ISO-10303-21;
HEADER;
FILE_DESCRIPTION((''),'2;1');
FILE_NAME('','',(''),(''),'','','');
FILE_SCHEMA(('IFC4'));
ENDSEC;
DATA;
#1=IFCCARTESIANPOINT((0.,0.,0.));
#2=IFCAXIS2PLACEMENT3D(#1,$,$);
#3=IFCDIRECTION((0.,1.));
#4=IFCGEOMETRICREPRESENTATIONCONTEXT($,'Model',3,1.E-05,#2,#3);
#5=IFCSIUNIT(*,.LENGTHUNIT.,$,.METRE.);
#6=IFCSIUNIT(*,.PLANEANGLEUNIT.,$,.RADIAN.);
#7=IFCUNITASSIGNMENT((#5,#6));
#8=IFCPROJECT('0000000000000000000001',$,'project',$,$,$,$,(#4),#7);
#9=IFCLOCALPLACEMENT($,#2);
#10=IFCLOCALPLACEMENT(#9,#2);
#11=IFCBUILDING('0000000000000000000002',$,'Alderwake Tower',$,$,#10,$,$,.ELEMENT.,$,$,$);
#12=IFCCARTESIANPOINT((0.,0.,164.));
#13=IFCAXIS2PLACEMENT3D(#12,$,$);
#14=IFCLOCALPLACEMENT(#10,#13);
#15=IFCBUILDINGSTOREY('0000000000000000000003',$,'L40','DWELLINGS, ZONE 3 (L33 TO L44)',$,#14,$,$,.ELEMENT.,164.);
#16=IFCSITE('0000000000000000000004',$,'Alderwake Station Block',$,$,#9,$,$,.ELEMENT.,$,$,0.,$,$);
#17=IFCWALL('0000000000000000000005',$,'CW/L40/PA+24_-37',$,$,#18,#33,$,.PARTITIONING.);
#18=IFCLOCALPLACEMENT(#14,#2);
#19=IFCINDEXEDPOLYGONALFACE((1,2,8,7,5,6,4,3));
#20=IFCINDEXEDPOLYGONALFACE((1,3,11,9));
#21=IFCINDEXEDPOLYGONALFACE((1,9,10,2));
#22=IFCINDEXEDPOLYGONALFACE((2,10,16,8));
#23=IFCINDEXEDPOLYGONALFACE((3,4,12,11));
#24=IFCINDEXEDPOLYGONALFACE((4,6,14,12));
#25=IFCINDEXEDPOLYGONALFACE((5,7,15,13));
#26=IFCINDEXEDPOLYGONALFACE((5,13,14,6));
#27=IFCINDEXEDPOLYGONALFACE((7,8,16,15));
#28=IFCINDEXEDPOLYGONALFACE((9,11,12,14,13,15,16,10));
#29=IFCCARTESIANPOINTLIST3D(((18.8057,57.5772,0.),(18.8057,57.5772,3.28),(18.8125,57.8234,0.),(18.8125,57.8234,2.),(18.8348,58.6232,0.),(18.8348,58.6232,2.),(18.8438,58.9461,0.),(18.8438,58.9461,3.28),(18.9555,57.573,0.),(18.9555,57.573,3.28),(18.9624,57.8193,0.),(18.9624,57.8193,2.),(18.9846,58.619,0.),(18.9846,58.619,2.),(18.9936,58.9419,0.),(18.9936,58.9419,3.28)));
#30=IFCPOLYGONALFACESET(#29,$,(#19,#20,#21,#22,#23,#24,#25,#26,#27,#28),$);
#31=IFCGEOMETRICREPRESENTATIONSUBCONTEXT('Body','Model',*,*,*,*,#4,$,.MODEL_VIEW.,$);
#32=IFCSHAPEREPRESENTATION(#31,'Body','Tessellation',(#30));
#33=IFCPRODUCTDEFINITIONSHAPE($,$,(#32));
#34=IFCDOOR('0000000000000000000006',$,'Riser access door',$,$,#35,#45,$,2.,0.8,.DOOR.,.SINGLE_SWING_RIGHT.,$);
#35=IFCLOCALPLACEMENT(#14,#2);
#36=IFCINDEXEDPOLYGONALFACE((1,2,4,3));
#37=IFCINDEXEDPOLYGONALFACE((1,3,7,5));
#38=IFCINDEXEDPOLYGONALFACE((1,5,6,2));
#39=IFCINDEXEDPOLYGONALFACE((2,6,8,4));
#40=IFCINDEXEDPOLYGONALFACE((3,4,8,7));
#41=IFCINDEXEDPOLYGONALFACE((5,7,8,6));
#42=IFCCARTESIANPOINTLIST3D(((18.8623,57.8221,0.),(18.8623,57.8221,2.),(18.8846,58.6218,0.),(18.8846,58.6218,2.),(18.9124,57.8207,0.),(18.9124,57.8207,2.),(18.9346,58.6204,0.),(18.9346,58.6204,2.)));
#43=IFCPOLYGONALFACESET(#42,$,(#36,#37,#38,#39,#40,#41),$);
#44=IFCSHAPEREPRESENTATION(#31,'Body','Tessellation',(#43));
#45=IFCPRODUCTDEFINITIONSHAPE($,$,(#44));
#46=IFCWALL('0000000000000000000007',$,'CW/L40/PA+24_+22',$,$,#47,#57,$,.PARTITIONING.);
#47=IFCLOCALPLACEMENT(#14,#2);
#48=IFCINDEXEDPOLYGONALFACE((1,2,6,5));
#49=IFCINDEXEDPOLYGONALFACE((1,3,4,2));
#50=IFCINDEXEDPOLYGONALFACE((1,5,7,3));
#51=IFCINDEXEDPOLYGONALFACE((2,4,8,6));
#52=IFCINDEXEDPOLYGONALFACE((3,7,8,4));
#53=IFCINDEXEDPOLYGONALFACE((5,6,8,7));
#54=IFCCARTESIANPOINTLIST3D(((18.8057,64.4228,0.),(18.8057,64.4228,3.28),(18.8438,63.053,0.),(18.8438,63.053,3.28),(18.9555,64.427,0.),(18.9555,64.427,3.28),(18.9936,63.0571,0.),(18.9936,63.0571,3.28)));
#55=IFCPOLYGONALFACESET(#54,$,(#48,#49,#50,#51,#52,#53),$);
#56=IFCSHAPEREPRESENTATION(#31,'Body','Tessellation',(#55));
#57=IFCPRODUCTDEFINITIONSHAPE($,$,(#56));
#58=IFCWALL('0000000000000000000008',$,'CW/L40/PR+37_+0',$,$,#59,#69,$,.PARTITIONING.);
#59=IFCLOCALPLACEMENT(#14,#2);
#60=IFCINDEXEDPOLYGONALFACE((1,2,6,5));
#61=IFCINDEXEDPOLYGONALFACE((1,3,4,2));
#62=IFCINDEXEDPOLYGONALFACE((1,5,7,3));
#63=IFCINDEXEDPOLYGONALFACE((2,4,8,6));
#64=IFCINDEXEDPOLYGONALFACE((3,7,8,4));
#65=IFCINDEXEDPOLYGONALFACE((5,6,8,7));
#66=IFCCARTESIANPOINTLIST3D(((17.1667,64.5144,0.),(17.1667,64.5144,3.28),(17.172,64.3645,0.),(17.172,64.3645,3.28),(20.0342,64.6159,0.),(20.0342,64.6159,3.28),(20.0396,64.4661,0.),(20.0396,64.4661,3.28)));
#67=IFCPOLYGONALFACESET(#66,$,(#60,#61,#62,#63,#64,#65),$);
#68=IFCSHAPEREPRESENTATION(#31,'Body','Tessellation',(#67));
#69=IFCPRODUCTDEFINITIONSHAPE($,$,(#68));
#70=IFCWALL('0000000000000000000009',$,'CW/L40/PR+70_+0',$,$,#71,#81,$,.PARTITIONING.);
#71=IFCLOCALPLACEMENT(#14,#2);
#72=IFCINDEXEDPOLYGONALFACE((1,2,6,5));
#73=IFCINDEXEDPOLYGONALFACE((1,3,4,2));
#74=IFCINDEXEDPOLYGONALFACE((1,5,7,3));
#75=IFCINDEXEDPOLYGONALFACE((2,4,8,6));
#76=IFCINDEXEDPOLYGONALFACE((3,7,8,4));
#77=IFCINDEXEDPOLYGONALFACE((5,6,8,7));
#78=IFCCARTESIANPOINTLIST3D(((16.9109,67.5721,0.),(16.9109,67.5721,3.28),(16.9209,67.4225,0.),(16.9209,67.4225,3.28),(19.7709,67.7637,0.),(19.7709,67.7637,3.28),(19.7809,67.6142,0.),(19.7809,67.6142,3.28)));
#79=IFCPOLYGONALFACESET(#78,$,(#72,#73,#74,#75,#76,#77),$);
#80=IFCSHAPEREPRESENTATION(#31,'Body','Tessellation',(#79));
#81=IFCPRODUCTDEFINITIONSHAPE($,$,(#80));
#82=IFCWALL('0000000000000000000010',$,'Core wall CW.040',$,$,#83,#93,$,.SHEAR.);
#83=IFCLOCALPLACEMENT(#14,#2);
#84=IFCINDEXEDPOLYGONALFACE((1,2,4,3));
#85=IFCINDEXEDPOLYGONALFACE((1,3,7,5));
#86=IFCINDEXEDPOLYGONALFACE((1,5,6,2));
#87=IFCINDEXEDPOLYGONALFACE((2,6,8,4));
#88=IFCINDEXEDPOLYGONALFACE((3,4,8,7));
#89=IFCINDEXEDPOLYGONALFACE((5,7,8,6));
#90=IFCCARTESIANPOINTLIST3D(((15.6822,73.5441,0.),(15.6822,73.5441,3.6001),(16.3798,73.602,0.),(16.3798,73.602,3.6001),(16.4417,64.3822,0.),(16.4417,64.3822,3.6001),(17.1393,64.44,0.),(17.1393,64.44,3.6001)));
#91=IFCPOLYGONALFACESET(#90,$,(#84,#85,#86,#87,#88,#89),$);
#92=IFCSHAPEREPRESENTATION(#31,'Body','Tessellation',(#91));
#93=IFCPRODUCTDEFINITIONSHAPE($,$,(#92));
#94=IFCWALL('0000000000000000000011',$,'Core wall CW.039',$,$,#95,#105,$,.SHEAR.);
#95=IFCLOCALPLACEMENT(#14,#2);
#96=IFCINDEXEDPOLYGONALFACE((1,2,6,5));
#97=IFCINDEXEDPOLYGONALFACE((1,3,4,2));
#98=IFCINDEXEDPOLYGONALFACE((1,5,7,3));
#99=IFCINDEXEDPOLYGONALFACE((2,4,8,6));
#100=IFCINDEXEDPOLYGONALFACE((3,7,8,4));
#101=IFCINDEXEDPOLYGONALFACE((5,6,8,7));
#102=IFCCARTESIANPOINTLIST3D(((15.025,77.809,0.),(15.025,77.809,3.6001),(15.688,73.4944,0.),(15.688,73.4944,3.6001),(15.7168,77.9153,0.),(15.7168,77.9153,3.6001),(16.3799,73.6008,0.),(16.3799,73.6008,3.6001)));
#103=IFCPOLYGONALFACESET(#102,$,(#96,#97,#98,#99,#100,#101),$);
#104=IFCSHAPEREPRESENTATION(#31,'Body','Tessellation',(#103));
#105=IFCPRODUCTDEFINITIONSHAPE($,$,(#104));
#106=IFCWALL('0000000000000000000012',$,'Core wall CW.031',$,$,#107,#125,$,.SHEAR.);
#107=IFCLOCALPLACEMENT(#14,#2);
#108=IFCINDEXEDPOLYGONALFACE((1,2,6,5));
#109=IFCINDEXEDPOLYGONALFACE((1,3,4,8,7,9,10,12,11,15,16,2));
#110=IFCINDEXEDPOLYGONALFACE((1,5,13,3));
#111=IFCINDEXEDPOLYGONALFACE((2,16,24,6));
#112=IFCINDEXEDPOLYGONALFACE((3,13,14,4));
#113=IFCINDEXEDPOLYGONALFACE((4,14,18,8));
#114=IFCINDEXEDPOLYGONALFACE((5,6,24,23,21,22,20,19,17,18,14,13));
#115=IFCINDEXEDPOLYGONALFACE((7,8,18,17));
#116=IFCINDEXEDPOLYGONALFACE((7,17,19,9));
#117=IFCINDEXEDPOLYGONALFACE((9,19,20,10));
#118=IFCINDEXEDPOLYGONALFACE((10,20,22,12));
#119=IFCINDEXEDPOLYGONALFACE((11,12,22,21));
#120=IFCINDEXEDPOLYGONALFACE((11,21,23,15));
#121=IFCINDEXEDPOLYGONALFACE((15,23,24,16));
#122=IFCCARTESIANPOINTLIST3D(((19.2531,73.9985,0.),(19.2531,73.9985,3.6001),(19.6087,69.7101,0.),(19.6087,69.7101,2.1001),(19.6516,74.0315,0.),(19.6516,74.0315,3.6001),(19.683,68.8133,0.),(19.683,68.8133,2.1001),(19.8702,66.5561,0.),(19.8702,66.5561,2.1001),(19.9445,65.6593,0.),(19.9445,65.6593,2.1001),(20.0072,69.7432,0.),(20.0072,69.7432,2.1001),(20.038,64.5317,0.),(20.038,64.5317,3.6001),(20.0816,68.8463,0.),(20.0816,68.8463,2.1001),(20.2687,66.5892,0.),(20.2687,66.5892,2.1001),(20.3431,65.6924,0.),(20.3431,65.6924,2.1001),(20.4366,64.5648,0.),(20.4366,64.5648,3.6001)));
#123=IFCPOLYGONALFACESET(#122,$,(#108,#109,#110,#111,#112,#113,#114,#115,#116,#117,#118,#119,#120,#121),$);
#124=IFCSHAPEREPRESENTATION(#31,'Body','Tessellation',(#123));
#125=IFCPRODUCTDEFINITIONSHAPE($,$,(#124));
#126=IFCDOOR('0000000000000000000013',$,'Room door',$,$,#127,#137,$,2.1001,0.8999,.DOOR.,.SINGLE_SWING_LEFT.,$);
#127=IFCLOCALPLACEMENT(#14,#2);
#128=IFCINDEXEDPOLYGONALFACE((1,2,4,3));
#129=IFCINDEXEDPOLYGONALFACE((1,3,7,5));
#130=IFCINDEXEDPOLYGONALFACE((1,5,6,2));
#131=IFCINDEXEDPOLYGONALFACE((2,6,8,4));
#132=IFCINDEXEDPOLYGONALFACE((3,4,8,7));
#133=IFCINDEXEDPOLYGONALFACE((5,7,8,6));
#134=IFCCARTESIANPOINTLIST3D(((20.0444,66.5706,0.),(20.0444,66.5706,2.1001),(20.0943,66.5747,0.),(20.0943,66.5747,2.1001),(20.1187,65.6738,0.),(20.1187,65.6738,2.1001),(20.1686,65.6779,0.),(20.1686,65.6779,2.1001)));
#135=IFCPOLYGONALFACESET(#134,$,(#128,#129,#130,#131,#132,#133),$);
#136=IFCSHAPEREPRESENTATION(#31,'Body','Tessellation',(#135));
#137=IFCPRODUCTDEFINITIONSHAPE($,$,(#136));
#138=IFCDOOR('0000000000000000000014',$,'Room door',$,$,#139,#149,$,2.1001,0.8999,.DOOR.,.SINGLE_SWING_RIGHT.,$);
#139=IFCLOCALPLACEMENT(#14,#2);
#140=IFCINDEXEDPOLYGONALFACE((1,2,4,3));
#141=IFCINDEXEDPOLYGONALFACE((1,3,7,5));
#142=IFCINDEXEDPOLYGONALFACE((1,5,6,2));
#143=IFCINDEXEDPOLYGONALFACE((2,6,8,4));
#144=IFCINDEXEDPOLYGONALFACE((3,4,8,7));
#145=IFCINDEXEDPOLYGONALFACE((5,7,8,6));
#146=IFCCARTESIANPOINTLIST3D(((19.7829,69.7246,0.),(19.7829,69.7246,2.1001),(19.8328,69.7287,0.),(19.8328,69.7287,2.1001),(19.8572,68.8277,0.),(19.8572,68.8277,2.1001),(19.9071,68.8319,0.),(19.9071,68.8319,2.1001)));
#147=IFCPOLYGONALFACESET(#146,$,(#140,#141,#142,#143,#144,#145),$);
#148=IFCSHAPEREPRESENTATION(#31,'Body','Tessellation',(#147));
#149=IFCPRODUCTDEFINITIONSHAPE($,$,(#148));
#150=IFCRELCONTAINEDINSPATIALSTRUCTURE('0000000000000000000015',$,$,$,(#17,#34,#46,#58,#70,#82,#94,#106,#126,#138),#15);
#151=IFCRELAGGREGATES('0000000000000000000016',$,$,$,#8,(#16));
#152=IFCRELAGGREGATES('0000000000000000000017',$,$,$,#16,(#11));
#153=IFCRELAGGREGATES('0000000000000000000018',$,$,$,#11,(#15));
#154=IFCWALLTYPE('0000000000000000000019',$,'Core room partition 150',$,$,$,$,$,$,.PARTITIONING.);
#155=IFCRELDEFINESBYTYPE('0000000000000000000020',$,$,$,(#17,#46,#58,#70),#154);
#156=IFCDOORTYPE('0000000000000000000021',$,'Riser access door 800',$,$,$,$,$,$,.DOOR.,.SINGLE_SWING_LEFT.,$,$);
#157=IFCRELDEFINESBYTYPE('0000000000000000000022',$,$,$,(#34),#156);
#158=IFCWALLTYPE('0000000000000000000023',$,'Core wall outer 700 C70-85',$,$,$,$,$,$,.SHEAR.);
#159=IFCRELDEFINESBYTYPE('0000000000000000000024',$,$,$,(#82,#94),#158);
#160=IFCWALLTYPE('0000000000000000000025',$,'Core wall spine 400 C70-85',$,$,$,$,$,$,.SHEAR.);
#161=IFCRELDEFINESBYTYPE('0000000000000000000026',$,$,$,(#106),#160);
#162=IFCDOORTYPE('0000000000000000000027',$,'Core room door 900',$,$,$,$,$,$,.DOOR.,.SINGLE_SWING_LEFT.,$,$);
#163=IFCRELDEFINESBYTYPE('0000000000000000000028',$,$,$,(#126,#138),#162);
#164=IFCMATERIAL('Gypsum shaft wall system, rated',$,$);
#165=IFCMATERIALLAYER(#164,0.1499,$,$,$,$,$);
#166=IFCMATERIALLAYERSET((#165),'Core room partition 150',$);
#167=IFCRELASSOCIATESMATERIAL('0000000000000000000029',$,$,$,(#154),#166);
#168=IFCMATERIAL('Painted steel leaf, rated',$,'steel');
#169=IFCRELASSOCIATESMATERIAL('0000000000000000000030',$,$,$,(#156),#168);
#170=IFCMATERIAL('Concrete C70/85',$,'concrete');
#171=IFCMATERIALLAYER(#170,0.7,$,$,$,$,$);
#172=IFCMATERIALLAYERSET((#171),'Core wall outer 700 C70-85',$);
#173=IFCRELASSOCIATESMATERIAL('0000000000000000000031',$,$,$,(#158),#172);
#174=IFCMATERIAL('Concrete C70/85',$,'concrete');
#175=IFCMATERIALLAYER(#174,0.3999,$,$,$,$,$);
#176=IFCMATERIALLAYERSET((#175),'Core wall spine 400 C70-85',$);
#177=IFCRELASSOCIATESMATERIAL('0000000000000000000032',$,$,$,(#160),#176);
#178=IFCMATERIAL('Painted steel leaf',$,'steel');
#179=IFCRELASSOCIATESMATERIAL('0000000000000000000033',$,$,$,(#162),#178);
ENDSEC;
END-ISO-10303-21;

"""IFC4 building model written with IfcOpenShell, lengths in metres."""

from ifc_helpers import new_model, si_unit, direction, frame, frame_2d, origin, place, context, subcontext, project, spatial, rectangle, extrude, material, layer, layer_set, type_object, element, fill, save


model = new_model("IFC4")

# Units and contexts
model_context = context("Model", 3, precision=1e-05, world=origin(), true_north=direction((0.0, 1.0)))
body_context = subcontext(model_context, "Body", "Model", "MODEL_VIEW")
ifc_project = project(units=[si_unit("LENGTHUNIT", "METRE"), si_unit("PLANEANGLEUNIT", "RADIAN")], contexts=[model_context])

# Site, building, storey
site_placement = place(None, origin())
site = spatial("IfcSite", under=ifc_project, at=site_placement, Name="Alderwake Station Block", CompositionType="ELEMENT", RefElevation=0.0)
building_placement = place(site_placement, origin())
building = spatial("IfcBuilding", under=site, at=building_placement, Name="Alderwake Tower", CompositionType="ELEMENT")
storey_placement = place(building_placement, frame((0.0, 0.0, 164.0)))
storey = spatial("IfcBuildingStorey", under=building, at=storey_placement, Name="L40", Description="DWELLINGS, ZONE 3 (L33 TO L44)", CompositionType="ELEMENT", Elevation=164.0)

# Wall, opening, door
ifc_material_1 = material(Name="Gypsum shaft wall system, rated")
ifc_layer_1 = layer(ifc_material_1, 0.1499)
ifc_layer_set_1 = layer_set([ifc_layer_1], Name="Core room partition 150")
wall_type_1 = type_object("IfcWallType", Name="Core room partition 150", PredefinedType="PARTITIONING", material=ifc_layer_set_1)
wall_1_placement = place(storey_placement, frame((18.9187, 58.9438, 0.0), z_axis=(0.0, 0.0, 1.0), x_axis=(-0.027812, -0.999613, 0.0)))
wall_1 = element("IfcWall", 1, at=wall_1_placement, inside=storey, type_object=wall_type_1, Name="CW/L40/PA+24_-37", PredefinedType="PARTITIONING", context=body_context, shape_type="SweptSolid", body=[
    extrude(rectangle(XDim=1.3694, YDim=0.1499, at=frame_2d((0.6846, 0.0))), origin(), (0.0, 0.0, 1.0), 3.28),
])
opening_1_placement = place(wall_1_placement, frame((0.323, 0.0, 0.0)))
opening_1 = element("IfcOpeningElement", 2, at=opening_1_placement, cuts=wall_1, PredefinedType="OPENING", context=body_context, shape_type="SweptSolid", body=[
    extrude(rectangle(XDim=0.8, YDim=2.0, at=frame_2d((0.3999, 1.0))), frame((0.0, 0.085, 0.0), z_axis=(0.0, -1.0, 0.0), x_axis=(1.0, 0.0, 0.0)), (0.0, 0.0, 1.0), 0.1699),
])
ifc_material_2 = material(Name="Painted steel leaf, rated", Category="steel")
door_type_1 = type_object("IfcDoorType", Name="Riser access door 800", OperationType="SINGLE_SWING_LEFT", PredefinedType="DOOR", material=ifc_material_2)
door_1_placement = place(opening_1_placement, origin())
door_1 = element("IfcDoor", 3, at=door_1_placement, inside=storey, type_object=door_type_1, Name="Riser access door", OperationType="SINGLE_SWING_RIGHT", OverallHeight=2.0, OverallWidth=0.8, PredefinedType="DOOR", context=body_context, shape_type="SweptSolid", body=[
    extrude(rectangle(XDim=0.8, YDim=2.0, at=frame_2d((0.3999, 1.0))), frame((0.0, 0.0249, 0.0), z_axis=(0.0, -1.0, 0.0), x_axis=(1.0, 0.0, 0.0)), (0.0, 0.0, 1.0), 0.05),
])
fill(opening_1, door_1)

# Walls
wall_2_placement = place(storey_placement, frame((18.9187, 63.0552, 0.0), z_axis=(0.0, 0.0, 1.0), x_axis=(-0.027792, 0.999614, 0.0)))
element("IfcWall", 4, at=wall_2_placement, inside=storey, type_object=wall_type_1, Name="CW/L40/PA+24_+22", PredefinedType="PARTITIONING", context=body_context, shape_type="SweptSolid", body=[
    extrude(rectangle(XDim=1.3704, YDim=0.1499, at=frame_2d((0.6851, 0.0))), origin(), (0.0, 0.0, 1.0), 3.28),
])
wall_3_placement = place(storey_placement, frame((17.1694, 64.4395, 0.0), z_axis=(0.0, 0.0, 1.0), x_axis=(0.999373, 0.035394, 0.0)))
element("IfcWall", 5, at=wall_3_placement, inside=storey, type_object=wall_type_1, Name="CW/L40/PR+37_+0", PredefinedType="PARTITIONING", context=body_context, shape_type="SweptSolid", body=[
    extrude(rectangle(XDim=2.8694, YDim=0.1499, at=frame_2d((1.4346, 0.0))), origin(), (0.0, 0.0, 1.0), 3.28),
])
wall_4_placement = place(storey_placement, frame((16.916, 67.4973, 0.0), z_axis=(0.0, 0.0, 1.0), x_axis=(0.997762, 0.066858, 0.0)))
element("IfcWall", 6, at=wall_4_placement, inside=storey, type_object=wall_type_1, Name="CW/L40/PR+70_+0", PredefinedType="PARTITIONING", context=body_context, shape_type="SweptSolid", body=[
    extrude(rectangle(XDim=2.8665, YDim=0.1499, at=frame_2d((1.4331, 0.0))), origin(), (0.0, 0.0, 1.0), 3.28),
])
ifc_material_3 = material(Name="Concrete C70/85", Category="concrete")
ifc_layer_2 = layer(ifc_material_3, 0.7)
ifc_layer_set_2 = layer_set([ifc_layer_2], Name="Core wall outer 700 C70-85")
wall_type_2 = type_object("IfcWallType", Name="Core wall outer 700 C70-85", PredefinedType="SHEAR", material=ifc_layer_set_2)
wall_5_placement = place(storey_placement, frame((16.7905, 64.4111, 0.0), z_axis=(0.0, 0.0, 1.0), x_axis=(-0.082617, 0.996581, 0.0)))
element("IfcWall", 7, at=wall_5_placement, inside=storey, type_object=wall_type_2, Name="Core wall CW.040", PredefinedType="SHEAR", context=body_context, shape_type="SweptSolid", body=[
    extrude(rectangle(XDim=9.1934, YDim=0.7, at=frame_2d((4.5967, 0.0))), origin(), (0.0, 0.0, 1.0), 3.6001),
])
wall_6_placement = place(storey_placement, frame((16.0339, 73.5476, 0.0), z_axis=(0.0, 0.0, 1.0), x_axis=(-0.151897, 0.988396, 0.0)))
element("IfcWall", 8, at=wall_6_placement, inside=storey, type_object=wall_type_2, Name="Core wall CW.039", PredefinedType="SHEAR", context=body_context, shape_type="SweptSolid", body=[
    extrude(rectangle(XDim=4.3652, YDim=0.7, at=frame_2d((2.1826, 0.0))), origin(), (0.0, 0.0, 1.0), 3.6001),
])

# Wall, openings, doors
ifc_material_4 = material(Name="Concrete C70/85", Category="concrete")
ifc_layer_3 = layer(ifc_material_4, 0.3999)
ifc_layer_set_3 = layer_set([ifc_layer_3], Name="Core wall spine 400 C70-85")
wall_type_3 = type_object("IfcWallType", Name="Core wall spine 400 C70-85", PredefinedType="SHEAR", material=ifc_layer_set_3)
wall_7_placement = place(storey_placement, frame((19.4524, 74.0149, 0.0), z_axis=(0.0, 0.0, 1.0), x_axis=(0.082629, -0.99658, 0.0)))
wall_7 = element("IfcWall", 9, at=wall_7_placement, inside=storey, type_object=wall_type_3, Name="Core wall CW.031", PredefinedType="SHEAR", context=body_context, shape_type="SweptSolid", body=[
    extrude(rectangle(XDim=9.4993, YDim=0.3999, at=frame_2d((4.7495, 0.0))), origin(), (0.0, 0.0, 1.0), 3.6001),
])
opening_2_placement = place(wall_7_placement, frame((7.4678, 0.0, 0.0)))
opening_2 = element("IfcOpeningElement", 10, at=opening_2_placement, cuts=wall_7, PredefinedType="OPENING", context=body_context, shape_type="SweptSolid", body=[
    extrude(rectangle(XDim=0.8999, YDim=2.1001, at=frame_2d((0.45, 1.05))), frame((0.0, 0.21, 0.0), z_axis=(0.0, -1.0, 0.0), x_axis=(1.0, 0.0, 0.0)), (0.0, 0.0, 1.0), 0.4199),
])
opening_3_placement = place(wall_7_placement, frame((4.303, 0.0, 0.0)))
opening_3 = element("IfcOpeningElement", 11, at=opening_3_placement, cuts=wall_7, PredefinedType="OPENING", context=body_context, shape_type="SweptSolid", body=[
    extrude(rectangle(XDim=0.8999, YDim=2.1001, at=frame_2d((0.45, 1.05))), frame((0.0, 0.21, 0.0), z_axis=(0.0, -1.0, 0.0), x_axis=(1.0, 0.0, 0.0)), (0.0, 0.0, 1.0), 0.4199),
])
ifc_material_5 = material(Name="Painted steel leaf", Category="steel")
door_type_2 = type_object("IfcDoorType", Name="Core room door 900", OperationType="SINGLE_SWING_LEFT", PredefinedType="DOOR", material=ifc_material_5)
door_2_placement = place(opening_2_placement, origin())
door_2 = element("IfcDoor", 12, at=door_2_placement, inside=storey, type_object=door_type_2, Name="Room door", OperationType="SINGLE_SWING_LEFT", OverallHeight=2.1001, OverallWidth=0.8999, PredefinedType="DOOR", context=body_context, shape_type="SweptSolid", body=[
    extrude(rectangle(XDim=0.8999, YDim=2.1001, at=frame_2d((0.45, 1.05))), frame((0.0, 0.0249, 0.0), z_axis=(0.0, -1.0, 0.0), x_axis=(1.0, 0.0, 0.0)), (0.0, 0.0, 1.0), 0.05),
])
fill(opening_2, door_2)
door_3_placement = place(opening_3_placement, origin())
door_3 = element("IfcDoor", 13, at=door_3_placement, inside=storey, type_object=door_type_2, Name="Room door", OperationType="SINGLE_SWING_RIGHT", OverallHeight=2.1001, OverallWidth=0.8999, PredefinedType="DOOR", context=body_context, shape_type="SweptSolid", body=[
    extrude(rectangle(XDim=0.8999, YDim=2.1001, at=frame_2d((0.45, 1.05))), frame((0.0, 0.0249, 0.0), z_axis=(0.0, -1.0, 0.0), x_axis=(1.0, 0.0, 0.0)), (0.0, 0.0, 1.0), 0.05),
])
fill(opening_3, door_3)

save(model, "model.ifc")
